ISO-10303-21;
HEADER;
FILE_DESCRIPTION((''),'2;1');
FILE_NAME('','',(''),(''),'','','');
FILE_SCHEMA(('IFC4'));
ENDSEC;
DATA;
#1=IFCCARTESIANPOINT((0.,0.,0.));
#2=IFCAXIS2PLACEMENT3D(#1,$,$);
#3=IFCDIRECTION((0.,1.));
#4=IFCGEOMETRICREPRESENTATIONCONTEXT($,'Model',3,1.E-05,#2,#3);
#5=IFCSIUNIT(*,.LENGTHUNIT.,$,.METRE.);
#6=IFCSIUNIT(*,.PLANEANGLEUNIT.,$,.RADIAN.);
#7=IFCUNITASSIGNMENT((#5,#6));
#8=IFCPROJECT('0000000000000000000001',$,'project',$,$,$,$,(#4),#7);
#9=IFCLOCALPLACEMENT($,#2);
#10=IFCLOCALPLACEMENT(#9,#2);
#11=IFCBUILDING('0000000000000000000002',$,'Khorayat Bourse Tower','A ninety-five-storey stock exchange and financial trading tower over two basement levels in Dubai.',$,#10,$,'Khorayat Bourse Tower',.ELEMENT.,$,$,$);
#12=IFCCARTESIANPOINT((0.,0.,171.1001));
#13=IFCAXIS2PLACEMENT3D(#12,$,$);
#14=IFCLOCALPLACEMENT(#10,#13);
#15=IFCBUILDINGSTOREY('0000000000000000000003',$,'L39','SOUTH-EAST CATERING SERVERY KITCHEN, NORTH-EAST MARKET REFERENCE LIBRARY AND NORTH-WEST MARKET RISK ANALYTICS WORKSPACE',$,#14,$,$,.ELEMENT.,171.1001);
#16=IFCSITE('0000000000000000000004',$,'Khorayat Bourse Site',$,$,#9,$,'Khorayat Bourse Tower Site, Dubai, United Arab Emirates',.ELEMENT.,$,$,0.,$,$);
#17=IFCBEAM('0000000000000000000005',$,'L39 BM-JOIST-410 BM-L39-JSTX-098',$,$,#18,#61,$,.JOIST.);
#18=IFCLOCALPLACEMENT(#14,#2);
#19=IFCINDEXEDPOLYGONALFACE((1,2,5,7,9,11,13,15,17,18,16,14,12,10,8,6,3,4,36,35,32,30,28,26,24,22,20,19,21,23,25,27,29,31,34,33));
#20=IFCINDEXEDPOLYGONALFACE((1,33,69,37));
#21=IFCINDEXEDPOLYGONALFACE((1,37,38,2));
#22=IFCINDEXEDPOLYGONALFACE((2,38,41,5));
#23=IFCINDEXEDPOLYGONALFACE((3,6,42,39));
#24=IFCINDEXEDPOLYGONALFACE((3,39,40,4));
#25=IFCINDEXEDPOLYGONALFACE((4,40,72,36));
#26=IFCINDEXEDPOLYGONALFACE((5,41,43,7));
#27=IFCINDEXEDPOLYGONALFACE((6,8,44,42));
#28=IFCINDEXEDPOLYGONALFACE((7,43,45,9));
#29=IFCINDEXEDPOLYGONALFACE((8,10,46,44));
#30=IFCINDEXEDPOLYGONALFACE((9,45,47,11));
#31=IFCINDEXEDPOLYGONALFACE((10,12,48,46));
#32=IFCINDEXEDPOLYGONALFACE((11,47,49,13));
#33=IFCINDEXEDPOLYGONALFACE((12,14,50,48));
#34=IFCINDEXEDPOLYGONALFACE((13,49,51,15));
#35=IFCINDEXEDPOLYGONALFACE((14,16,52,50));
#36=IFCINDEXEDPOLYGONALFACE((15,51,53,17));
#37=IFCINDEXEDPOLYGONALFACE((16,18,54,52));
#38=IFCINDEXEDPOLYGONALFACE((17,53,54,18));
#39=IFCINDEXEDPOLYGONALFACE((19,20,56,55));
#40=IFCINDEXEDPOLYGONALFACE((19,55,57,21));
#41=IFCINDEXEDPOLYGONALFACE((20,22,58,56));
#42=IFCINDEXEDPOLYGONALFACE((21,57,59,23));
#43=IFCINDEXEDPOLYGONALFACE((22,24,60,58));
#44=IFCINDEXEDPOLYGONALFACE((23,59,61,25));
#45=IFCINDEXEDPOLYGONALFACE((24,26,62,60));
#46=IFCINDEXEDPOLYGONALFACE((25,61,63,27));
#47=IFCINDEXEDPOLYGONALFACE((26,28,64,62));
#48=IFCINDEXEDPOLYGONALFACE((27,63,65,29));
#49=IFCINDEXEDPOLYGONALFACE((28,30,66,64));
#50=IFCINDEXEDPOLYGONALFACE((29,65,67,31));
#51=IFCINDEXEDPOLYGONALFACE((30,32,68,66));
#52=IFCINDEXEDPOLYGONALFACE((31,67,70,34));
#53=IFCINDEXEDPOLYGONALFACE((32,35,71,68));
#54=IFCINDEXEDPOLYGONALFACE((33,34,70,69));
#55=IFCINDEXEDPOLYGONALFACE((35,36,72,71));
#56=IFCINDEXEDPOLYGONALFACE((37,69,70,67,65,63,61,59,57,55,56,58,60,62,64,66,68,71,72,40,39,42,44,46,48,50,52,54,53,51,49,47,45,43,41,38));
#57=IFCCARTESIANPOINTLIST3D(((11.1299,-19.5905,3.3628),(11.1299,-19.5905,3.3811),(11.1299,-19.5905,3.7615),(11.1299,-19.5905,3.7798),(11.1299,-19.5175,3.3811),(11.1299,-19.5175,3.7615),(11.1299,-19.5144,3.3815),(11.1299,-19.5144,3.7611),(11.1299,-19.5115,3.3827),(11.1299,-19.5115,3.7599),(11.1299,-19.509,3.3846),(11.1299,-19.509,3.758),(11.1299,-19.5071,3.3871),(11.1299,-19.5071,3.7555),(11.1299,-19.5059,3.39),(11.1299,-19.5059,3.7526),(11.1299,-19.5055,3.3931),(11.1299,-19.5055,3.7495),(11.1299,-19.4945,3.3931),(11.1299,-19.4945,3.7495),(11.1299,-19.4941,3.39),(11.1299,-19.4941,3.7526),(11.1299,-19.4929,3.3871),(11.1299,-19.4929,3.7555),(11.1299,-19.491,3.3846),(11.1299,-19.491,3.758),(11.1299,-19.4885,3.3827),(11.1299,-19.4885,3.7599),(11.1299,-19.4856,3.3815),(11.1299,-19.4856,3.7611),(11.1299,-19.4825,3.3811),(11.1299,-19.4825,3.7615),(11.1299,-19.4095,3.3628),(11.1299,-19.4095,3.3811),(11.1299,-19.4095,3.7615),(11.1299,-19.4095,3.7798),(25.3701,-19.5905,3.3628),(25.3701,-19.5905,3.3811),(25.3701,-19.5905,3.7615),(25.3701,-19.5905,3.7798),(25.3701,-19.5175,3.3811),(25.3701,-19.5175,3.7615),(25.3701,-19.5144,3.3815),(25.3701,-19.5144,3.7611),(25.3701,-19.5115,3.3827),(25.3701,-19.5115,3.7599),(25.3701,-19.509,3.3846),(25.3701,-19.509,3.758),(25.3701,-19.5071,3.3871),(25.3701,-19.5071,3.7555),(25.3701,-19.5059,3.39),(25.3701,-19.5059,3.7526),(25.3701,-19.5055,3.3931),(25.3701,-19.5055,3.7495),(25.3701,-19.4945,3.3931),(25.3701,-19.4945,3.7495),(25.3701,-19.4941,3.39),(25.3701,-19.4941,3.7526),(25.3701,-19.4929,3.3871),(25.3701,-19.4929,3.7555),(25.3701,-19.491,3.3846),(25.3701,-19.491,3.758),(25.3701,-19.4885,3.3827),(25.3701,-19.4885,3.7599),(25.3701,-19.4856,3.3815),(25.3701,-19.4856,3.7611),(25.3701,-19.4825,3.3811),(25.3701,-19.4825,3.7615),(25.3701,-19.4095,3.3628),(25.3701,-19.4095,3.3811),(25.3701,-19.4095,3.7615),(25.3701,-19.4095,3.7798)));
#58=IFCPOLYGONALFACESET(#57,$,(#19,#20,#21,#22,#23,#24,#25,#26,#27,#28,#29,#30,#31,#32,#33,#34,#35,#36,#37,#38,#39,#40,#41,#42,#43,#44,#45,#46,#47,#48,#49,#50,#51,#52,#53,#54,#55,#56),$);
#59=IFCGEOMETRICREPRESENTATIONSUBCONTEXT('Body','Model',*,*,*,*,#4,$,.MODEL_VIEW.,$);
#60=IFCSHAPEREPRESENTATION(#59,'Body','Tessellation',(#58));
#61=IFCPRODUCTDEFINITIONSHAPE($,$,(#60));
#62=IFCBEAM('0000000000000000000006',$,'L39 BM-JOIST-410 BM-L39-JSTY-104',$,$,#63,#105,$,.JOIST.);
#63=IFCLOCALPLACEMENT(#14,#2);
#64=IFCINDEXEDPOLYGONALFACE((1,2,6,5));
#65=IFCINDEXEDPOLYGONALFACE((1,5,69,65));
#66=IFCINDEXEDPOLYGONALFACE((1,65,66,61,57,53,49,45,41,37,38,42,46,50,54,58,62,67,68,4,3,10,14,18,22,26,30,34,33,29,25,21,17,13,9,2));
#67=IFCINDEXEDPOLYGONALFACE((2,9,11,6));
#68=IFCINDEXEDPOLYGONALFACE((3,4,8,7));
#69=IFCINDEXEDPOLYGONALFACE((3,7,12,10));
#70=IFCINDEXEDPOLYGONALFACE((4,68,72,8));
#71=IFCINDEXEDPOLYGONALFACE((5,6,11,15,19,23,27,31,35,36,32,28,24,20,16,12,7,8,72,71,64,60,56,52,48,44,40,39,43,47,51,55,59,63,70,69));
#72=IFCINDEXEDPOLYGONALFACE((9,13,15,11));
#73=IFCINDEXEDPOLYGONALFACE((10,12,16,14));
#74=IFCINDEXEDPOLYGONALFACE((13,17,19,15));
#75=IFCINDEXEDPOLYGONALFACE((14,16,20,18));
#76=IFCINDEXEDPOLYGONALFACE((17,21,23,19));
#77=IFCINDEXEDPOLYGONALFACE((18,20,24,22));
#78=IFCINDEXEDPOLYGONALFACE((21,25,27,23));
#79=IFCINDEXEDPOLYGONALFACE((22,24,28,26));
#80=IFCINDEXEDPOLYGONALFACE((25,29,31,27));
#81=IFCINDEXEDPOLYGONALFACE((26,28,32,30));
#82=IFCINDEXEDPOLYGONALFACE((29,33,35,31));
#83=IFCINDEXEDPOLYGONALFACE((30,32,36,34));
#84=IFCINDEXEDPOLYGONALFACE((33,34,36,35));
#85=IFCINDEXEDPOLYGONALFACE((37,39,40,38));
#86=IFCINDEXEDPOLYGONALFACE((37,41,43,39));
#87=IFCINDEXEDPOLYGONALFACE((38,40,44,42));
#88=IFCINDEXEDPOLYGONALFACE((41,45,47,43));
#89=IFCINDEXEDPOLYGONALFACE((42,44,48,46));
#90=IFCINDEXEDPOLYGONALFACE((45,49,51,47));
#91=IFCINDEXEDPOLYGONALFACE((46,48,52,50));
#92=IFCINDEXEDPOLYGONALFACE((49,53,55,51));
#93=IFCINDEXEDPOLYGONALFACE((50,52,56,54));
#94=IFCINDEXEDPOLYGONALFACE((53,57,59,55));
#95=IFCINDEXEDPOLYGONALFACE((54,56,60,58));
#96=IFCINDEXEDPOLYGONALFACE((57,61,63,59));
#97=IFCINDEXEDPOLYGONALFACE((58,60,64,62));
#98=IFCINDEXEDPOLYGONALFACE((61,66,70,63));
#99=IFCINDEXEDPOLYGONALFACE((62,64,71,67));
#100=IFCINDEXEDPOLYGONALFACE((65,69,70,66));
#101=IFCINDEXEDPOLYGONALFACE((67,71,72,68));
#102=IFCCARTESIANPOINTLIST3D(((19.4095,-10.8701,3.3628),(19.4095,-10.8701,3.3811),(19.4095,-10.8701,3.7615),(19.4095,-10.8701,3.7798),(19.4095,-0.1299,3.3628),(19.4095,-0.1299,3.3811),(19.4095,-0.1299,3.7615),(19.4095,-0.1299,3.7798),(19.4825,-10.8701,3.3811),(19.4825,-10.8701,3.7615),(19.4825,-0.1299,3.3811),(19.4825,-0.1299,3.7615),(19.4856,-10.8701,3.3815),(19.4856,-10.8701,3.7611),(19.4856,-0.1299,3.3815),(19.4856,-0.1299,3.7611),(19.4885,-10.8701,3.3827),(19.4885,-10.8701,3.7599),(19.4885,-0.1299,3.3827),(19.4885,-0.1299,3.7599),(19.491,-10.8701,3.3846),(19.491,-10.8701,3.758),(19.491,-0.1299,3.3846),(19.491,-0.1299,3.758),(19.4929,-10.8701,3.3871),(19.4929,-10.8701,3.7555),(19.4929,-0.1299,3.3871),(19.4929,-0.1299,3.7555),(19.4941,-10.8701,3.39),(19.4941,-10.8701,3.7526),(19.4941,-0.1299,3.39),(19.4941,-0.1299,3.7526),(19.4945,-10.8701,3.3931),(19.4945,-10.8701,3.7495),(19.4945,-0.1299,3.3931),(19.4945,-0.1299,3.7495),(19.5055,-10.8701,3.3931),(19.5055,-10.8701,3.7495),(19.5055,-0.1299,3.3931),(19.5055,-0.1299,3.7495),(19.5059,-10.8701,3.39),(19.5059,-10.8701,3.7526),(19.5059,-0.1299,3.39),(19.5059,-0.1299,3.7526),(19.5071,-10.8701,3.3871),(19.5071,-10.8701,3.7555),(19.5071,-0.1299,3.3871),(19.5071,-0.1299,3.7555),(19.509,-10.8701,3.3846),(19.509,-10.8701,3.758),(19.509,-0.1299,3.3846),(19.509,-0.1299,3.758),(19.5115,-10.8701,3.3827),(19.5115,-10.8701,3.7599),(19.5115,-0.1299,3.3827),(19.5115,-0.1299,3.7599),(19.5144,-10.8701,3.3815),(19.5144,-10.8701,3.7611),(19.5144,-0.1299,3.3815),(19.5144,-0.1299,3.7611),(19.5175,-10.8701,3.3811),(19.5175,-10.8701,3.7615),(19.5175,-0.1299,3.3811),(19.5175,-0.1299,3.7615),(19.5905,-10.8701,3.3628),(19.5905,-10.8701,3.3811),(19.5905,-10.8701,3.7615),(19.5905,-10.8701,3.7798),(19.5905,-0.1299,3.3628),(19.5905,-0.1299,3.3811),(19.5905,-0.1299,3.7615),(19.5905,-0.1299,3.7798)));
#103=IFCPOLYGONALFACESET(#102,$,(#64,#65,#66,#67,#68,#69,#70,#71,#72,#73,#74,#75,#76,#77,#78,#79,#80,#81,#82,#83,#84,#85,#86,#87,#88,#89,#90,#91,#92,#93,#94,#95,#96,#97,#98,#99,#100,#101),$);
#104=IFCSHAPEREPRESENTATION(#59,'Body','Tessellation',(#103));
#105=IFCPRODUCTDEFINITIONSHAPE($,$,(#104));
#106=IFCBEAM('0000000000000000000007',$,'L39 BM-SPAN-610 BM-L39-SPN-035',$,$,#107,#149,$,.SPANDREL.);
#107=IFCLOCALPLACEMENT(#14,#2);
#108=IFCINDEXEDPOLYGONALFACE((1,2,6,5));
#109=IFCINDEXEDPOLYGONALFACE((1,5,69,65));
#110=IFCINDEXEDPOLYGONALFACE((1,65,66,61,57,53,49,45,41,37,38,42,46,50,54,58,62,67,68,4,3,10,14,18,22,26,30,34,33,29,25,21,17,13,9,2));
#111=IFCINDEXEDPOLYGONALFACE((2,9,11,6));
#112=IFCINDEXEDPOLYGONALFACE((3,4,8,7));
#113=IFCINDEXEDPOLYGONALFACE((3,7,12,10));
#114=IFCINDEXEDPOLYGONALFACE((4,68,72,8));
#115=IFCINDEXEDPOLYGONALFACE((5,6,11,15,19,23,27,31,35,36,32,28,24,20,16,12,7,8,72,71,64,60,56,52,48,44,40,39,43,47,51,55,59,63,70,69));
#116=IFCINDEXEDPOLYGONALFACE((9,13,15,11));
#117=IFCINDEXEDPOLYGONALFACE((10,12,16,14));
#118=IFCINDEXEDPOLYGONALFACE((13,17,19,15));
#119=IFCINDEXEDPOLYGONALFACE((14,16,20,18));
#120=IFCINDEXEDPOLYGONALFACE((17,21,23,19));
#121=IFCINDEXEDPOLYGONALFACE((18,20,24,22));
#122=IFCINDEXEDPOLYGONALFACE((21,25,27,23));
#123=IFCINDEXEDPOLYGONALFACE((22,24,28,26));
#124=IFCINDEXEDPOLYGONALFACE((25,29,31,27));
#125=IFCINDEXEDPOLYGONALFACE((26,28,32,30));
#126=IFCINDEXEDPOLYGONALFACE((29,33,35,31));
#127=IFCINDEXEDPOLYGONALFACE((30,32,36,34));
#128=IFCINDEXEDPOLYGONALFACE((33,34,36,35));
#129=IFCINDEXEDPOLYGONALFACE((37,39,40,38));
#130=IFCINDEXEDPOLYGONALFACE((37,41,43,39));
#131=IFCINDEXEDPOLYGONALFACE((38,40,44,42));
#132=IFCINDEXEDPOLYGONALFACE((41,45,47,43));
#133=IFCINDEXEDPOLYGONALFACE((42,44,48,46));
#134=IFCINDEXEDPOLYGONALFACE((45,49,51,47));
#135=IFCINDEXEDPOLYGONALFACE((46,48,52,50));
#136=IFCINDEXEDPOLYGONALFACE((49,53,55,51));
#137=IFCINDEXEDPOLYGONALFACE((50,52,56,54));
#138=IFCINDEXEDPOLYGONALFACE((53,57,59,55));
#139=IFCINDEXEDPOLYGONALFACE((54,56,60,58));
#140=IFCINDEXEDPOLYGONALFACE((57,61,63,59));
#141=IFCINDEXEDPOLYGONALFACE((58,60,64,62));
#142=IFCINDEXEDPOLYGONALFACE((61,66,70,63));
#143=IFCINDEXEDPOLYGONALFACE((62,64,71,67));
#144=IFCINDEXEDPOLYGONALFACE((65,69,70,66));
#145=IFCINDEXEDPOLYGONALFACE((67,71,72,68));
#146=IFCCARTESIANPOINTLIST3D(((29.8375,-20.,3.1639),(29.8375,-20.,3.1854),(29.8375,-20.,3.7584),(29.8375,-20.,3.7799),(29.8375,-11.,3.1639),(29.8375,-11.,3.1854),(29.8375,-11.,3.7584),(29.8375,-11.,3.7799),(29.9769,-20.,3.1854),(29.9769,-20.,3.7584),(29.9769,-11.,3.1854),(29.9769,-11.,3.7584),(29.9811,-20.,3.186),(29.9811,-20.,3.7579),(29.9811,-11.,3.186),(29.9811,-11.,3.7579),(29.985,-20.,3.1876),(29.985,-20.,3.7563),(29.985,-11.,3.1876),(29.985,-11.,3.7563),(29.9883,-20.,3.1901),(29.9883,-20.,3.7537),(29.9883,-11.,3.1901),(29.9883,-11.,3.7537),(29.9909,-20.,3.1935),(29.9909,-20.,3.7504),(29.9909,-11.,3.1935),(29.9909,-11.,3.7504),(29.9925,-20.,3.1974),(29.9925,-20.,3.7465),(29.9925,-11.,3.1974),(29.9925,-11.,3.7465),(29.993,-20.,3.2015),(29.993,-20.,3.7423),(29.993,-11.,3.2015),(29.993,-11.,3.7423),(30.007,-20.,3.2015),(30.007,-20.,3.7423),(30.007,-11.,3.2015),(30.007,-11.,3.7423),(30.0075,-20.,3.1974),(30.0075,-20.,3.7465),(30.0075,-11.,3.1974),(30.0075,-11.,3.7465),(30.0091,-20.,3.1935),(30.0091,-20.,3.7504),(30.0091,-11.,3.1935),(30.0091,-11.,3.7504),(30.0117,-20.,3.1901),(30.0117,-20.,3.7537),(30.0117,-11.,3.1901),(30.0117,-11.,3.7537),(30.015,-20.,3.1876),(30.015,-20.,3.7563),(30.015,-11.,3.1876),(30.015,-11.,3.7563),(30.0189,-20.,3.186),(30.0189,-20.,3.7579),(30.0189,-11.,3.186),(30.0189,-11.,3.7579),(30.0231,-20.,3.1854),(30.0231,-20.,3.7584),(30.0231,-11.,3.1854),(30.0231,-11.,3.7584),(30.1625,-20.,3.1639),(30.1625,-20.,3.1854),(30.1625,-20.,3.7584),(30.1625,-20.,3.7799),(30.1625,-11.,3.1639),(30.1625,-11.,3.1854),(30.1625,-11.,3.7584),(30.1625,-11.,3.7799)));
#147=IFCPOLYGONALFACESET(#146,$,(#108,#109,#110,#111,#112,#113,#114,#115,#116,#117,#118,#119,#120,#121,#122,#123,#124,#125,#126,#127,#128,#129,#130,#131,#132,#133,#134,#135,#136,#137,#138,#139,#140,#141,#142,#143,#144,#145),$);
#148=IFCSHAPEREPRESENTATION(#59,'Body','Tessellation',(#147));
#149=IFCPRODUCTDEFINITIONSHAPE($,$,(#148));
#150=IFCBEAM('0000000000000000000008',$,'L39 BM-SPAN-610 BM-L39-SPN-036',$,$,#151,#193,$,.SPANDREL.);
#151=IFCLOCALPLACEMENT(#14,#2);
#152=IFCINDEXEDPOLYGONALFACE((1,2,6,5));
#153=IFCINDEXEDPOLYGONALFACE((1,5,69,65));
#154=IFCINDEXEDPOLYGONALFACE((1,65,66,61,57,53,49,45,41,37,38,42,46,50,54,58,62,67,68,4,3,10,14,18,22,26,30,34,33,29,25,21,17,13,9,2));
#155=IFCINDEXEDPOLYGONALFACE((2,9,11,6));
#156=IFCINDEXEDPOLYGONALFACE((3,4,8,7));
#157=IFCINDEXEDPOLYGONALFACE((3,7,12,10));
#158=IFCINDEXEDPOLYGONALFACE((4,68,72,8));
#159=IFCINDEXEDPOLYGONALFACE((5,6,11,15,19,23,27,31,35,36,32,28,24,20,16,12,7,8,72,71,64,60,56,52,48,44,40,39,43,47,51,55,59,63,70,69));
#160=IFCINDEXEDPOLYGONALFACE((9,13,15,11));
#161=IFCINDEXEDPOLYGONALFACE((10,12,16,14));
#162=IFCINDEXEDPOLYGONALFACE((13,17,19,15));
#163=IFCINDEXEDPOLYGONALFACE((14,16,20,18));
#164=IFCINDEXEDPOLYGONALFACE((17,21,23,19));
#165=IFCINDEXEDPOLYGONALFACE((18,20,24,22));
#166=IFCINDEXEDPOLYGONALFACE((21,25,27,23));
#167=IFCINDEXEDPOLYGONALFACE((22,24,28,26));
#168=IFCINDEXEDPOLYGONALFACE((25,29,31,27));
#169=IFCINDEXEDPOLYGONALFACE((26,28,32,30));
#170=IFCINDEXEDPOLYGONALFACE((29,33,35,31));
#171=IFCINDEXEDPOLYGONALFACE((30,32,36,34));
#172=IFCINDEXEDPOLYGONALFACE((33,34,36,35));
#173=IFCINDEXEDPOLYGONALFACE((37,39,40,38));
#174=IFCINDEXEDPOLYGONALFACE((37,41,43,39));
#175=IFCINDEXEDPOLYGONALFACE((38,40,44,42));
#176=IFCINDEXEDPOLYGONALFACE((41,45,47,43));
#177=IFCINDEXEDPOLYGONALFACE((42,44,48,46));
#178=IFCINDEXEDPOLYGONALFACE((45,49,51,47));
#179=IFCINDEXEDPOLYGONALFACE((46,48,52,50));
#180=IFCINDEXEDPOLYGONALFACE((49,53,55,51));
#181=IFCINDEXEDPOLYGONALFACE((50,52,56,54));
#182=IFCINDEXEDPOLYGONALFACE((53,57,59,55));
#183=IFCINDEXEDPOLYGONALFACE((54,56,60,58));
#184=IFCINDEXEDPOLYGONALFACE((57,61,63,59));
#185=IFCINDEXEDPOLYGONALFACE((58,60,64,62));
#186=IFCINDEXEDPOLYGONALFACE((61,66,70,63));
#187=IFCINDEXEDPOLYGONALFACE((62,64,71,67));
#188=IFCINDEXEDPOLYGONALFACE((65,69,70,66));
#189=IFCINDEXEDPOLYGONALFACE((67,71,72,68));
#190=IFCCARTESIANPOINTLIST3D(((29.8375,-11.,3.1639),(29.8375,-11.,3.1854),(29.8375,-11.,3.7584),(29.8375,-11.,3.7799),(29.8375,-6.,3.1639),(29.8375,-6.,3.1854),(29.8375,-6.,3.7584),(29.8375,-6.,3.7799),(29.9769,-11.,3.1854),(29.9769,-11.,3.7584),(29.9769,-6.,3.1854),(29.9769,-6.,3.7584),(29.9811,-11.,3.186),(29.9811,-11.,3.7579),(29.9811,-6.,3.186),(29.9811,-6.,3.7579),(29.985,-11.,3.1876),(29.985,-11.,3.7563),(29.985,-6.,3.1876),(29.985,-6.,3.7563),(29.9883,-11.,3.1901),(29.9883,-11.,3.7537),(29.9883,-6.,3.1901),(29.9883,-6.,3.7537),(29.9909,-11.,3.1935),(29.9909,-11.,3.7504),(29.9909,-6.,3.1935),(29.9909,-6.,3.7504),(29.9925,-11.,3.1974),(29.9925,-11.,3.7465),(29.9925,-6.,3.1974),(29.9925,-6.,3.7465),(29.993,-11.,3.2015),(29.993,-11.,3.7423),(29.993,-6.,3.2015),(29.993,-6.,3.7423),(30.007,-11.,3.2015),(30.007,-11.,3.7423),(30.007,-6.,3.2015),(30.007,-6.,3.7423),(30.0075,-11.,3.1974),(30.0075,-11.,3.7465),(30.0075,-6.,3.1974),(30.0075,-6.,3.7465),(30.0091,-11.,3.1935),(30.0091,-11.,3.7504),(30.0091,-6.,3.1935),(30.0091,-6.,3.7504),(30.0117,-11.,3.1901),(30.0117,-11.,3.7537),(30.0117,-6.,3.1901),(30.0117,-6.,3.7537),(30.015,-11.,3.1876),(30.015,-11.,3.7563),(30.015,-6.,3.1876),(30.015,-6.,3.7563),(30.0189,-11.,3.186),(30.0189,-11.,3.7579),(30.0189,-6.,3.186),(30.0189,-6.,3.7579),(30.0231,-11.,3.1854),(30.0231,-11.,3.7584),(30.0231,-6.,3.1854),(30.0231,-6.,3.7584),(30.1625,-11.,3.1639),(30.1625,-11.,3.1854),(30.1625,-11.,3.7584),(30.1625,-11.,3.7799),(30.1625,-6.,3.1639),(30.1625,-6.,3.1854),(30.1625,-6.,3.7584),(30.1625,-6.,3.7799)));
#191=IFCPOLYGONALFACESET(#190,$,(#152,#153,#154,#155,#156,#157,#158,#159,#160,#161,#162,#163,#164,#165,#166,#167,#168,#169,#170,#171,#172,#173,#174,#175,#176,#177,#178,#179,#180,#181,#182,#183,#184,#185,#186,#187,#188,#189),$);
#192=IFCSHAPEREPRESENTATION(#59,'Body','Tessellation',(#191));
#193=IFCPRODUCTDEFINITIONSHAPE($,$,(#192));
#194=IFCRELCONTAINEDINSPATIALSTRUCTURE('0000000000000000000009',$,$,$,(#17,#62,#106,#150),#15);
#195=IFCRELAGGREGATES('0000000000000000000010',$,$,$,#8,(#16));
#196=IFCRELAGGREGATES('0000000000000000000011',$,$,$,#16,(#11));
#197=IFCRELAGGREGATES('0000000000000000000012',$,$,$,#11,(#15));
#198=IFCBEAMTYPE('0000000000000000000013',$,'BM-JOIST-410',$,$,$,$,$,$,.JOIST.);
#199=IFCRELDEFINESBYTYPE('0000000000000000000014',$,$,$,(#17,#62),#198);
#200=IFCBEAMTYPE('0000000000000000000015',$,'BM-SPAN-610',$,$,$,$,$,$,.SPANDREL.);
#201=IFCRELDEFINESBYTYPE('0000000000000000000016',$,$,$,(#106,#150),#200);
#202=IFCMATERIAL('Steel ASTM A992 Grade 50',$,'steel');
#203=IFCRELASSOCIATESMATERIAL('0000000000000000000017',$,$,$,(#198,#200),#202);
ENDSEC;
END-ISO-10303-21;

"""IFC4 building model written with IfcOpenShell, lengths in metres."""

from ifc_helpers import new_model, si_unit, direction, frame, origin, origin_2d, place, context, subcontext, project, spatial, i_section, extrude, source, transform, mapped, material, material_profile, profile_set, type_object, element, save


model = new_model("IFC4")

# Units and contexts
model_context = context("Model", 3, precision=1e-05, world=origin(), true_north=direction((0.0, 1.0)))
body_context = subcontext(model_context, "Body", "Model", "MODEL_VIEW")
ifc_project = project(units=[si_unit("LENGTHUNIT", "METRE"), si_unit("PLANEANGLEUNIT", "RADIAN")], contexts=[model_context])

# Site, building, storey
site_placement = place(None, origin())
site = spatial("IfcSite", under=ifc_project, at=site_placement, Name="Khorayat Bourse Site", LongName="Khorayat Bourse Tower Site, Dubai, United Arab Emirates", CompositionType="ELEMENT", RefElevation=0.0)
building_placement = place(site_placement, origin())
building = spatial("IfcBuilding", under=site, at=building_placement, Name="Khorayat Bourse Tower", Description="A ninety-five-storey stock exchange and financial trading tower over two basement levels in Dubai.", LongName="Khorayat Bourse Tower", CompositionType="ELEMENT")
storey_placement = place(building_placement, frame((0.0, 0.0, 171.1001)))
storey = spatial("IfcBuildingStorey", under=building, at=storey_placement, Name="L39", Description="SOUTH-EAST CATERING SERVERY KITCHEN, NORTH-EAST MARKET REFERENCE LIBRARY AND NORTH-WEST MARKET RISK ANALYTICS WORKSPACE", CompositionType="ELEMENT", Elevation=171.1001)

# Beams
ifc_material_1 = material(Name="Steel ASTM A992 Grade 50", Category="steel")
ifc_material_profile_1 = material_profile(ifc_material_1, i_section(OverallWidth=0.1809, OverallDepth=0.417, WebThickness=0.011, FlangeThickness=0.0183, FilletRadius=0.012, at=origin_2d()), Name="W410X85")
ifc_profile_set_1 = profile_set([ifc_material_profile_1], Name="Steel ASTM A992 Grade 50")
beam_type_1 = type_object("IfcBeamType", Name="BM-JOIST-410", PredefinedType="JOIST", material=ifc_profile_set_1)
shared_shape_1 = source(origin(), body_context, "Body", "SweptSolid", [
    extrude(i_section(OverallWidth=0.1809, OverallDepth=0.417, WebThickness=0.011, FlangeThickness=0.0183, FilletRadius=0.012, at=origin_2d()), origin(), (0.0, 0.0, 1.0), 14.2402),
])
beam_1_placement = place(storey_placement, frame((11.1299, -19.5, 3.5713), z_axis=(1.0, 0.0, 0.0), x_axis=(0.0, 1.0, 0.0)))
element("IfcBeam", 1, at=beam_1_placement, inside=storey, type_object=beam_type_1, Name="L39 BM-JOIST-410 BM-L39-JSTX-098", PredefinedType="JOIST", context=body_context, shape_type="MappedRepresentation", body=[
    mapped(shared_shape_1, transform((0.0, 0.0, 0.0), scale=1.0)),
])
shared_shape_2 = source(origin(), body_context, "Body", "SweptSolid", [
    extrude(i_section(OverallWidth=0.1809, OverallDepth=0.417, WebThickness=0.011, FlangeThickness=0.0183, FilletRadius=0.012, at=origin_2d()), origin(), (0.0, 0.0, 1.0), 10.7402),
])
beam_2_placement = place(storey_placement, frame((19.5, -10.8701, 3.5713), z_axis=(0.0, 1.0, 0.0), x_axis=(-1.0, 0.0, 0.0)))
element("IfcBeam", 2, at=beam_2_placement, inside=storey, type_object=beam_type_1, Name="L39 BM-JOIST-410 BM-L39-JSTY-104", PredefinedType="JOIST", context=body_context, shape_type="MappedRepresentation", body=[
    mapped(shared_shape_2, transform((0.0, 0.0, 0.0), scale=1.0)),
])
ifc_material_profile_2 = material_profile(ifc_material_1, i_section(OverallWidth=0.325, OverallDepth=0.616, WebThickness=0.0139, FlangeThickness=0.0215, FilletRadius=0.0161, at=origin_2d()), Name="W610X174")
ifc_profile_set_2 = profile_set([ifc_material_profile_2], Name="Steel ASTM A992 Grade 50")
beam_type_2 = type_object("IfcBeamType", Name="BM-SPAN-610", PredefinedType="SPANDREL", material=ifc_profile_set_2)
shared_shape_3 = source(origin(), body_context, "Body", "SweptSolid", [
    extrude(i_section(OverallWidth=0.325, OverallDepth=0.616, WebThickness=0.0139, FlangeThickness=0.0215, FilletRadius=0.0161, at=origin_2d()), origin(), (0.0, 0.0, 1.0), 9.0),
])
beam_3_placement = place(storey_placement, frame((30.0, -20.0, 3.4719), z_axis=(0.0, 1.0, 0.0), x_axis=(-1.0, 0.0, 0.0)))
element("IfcBeam", 3, at=beam_3_placement, inside=storey, type_object=beam_type_2, Name="L39 BM-SPAN-610 BM-L39-SPN-035", PredefinedType="SPANDREL", context=body_context, shape_type="MappedRepresentation", body=[
    mapped(shared_shape_3, transform((0.0, 0.0, 0.0), scale=1.0)),
])
shared_shape_4 = source(origin(), body_context, "Body", "SweptSolid", [
    extrude(i_section(OverallWidth=0.325, OverallDepth=0.616, WebThickness=0.0139, FlangeThickness=0.0215, FilletRadius=0.0161, at=origin_2d()), origin(), (0.0, 0.0, 1.0), 5.0),
])
beam_4_placement = place(storey_placement, frame((30.0, -11.0, 3.4719), z_axis=(0.0, 1.0, 0.0), x_axis=(-1.0, 0.0, 0.0)))
element("IfcBeam", 4, at=beam_4_placement, inside=storey, type_object=beam_type_2, Name="L39 BM-SPAN-610 BM-L39-SPN-036", PredefinedType="SPANDREL", context=body_context, shape_type="MappedRepresentation", body=[
    mapped(shared_shape_4, transform((0.0, 0.0, 0.0), scale=1.0)),
])

save(model, "model.ifc")
